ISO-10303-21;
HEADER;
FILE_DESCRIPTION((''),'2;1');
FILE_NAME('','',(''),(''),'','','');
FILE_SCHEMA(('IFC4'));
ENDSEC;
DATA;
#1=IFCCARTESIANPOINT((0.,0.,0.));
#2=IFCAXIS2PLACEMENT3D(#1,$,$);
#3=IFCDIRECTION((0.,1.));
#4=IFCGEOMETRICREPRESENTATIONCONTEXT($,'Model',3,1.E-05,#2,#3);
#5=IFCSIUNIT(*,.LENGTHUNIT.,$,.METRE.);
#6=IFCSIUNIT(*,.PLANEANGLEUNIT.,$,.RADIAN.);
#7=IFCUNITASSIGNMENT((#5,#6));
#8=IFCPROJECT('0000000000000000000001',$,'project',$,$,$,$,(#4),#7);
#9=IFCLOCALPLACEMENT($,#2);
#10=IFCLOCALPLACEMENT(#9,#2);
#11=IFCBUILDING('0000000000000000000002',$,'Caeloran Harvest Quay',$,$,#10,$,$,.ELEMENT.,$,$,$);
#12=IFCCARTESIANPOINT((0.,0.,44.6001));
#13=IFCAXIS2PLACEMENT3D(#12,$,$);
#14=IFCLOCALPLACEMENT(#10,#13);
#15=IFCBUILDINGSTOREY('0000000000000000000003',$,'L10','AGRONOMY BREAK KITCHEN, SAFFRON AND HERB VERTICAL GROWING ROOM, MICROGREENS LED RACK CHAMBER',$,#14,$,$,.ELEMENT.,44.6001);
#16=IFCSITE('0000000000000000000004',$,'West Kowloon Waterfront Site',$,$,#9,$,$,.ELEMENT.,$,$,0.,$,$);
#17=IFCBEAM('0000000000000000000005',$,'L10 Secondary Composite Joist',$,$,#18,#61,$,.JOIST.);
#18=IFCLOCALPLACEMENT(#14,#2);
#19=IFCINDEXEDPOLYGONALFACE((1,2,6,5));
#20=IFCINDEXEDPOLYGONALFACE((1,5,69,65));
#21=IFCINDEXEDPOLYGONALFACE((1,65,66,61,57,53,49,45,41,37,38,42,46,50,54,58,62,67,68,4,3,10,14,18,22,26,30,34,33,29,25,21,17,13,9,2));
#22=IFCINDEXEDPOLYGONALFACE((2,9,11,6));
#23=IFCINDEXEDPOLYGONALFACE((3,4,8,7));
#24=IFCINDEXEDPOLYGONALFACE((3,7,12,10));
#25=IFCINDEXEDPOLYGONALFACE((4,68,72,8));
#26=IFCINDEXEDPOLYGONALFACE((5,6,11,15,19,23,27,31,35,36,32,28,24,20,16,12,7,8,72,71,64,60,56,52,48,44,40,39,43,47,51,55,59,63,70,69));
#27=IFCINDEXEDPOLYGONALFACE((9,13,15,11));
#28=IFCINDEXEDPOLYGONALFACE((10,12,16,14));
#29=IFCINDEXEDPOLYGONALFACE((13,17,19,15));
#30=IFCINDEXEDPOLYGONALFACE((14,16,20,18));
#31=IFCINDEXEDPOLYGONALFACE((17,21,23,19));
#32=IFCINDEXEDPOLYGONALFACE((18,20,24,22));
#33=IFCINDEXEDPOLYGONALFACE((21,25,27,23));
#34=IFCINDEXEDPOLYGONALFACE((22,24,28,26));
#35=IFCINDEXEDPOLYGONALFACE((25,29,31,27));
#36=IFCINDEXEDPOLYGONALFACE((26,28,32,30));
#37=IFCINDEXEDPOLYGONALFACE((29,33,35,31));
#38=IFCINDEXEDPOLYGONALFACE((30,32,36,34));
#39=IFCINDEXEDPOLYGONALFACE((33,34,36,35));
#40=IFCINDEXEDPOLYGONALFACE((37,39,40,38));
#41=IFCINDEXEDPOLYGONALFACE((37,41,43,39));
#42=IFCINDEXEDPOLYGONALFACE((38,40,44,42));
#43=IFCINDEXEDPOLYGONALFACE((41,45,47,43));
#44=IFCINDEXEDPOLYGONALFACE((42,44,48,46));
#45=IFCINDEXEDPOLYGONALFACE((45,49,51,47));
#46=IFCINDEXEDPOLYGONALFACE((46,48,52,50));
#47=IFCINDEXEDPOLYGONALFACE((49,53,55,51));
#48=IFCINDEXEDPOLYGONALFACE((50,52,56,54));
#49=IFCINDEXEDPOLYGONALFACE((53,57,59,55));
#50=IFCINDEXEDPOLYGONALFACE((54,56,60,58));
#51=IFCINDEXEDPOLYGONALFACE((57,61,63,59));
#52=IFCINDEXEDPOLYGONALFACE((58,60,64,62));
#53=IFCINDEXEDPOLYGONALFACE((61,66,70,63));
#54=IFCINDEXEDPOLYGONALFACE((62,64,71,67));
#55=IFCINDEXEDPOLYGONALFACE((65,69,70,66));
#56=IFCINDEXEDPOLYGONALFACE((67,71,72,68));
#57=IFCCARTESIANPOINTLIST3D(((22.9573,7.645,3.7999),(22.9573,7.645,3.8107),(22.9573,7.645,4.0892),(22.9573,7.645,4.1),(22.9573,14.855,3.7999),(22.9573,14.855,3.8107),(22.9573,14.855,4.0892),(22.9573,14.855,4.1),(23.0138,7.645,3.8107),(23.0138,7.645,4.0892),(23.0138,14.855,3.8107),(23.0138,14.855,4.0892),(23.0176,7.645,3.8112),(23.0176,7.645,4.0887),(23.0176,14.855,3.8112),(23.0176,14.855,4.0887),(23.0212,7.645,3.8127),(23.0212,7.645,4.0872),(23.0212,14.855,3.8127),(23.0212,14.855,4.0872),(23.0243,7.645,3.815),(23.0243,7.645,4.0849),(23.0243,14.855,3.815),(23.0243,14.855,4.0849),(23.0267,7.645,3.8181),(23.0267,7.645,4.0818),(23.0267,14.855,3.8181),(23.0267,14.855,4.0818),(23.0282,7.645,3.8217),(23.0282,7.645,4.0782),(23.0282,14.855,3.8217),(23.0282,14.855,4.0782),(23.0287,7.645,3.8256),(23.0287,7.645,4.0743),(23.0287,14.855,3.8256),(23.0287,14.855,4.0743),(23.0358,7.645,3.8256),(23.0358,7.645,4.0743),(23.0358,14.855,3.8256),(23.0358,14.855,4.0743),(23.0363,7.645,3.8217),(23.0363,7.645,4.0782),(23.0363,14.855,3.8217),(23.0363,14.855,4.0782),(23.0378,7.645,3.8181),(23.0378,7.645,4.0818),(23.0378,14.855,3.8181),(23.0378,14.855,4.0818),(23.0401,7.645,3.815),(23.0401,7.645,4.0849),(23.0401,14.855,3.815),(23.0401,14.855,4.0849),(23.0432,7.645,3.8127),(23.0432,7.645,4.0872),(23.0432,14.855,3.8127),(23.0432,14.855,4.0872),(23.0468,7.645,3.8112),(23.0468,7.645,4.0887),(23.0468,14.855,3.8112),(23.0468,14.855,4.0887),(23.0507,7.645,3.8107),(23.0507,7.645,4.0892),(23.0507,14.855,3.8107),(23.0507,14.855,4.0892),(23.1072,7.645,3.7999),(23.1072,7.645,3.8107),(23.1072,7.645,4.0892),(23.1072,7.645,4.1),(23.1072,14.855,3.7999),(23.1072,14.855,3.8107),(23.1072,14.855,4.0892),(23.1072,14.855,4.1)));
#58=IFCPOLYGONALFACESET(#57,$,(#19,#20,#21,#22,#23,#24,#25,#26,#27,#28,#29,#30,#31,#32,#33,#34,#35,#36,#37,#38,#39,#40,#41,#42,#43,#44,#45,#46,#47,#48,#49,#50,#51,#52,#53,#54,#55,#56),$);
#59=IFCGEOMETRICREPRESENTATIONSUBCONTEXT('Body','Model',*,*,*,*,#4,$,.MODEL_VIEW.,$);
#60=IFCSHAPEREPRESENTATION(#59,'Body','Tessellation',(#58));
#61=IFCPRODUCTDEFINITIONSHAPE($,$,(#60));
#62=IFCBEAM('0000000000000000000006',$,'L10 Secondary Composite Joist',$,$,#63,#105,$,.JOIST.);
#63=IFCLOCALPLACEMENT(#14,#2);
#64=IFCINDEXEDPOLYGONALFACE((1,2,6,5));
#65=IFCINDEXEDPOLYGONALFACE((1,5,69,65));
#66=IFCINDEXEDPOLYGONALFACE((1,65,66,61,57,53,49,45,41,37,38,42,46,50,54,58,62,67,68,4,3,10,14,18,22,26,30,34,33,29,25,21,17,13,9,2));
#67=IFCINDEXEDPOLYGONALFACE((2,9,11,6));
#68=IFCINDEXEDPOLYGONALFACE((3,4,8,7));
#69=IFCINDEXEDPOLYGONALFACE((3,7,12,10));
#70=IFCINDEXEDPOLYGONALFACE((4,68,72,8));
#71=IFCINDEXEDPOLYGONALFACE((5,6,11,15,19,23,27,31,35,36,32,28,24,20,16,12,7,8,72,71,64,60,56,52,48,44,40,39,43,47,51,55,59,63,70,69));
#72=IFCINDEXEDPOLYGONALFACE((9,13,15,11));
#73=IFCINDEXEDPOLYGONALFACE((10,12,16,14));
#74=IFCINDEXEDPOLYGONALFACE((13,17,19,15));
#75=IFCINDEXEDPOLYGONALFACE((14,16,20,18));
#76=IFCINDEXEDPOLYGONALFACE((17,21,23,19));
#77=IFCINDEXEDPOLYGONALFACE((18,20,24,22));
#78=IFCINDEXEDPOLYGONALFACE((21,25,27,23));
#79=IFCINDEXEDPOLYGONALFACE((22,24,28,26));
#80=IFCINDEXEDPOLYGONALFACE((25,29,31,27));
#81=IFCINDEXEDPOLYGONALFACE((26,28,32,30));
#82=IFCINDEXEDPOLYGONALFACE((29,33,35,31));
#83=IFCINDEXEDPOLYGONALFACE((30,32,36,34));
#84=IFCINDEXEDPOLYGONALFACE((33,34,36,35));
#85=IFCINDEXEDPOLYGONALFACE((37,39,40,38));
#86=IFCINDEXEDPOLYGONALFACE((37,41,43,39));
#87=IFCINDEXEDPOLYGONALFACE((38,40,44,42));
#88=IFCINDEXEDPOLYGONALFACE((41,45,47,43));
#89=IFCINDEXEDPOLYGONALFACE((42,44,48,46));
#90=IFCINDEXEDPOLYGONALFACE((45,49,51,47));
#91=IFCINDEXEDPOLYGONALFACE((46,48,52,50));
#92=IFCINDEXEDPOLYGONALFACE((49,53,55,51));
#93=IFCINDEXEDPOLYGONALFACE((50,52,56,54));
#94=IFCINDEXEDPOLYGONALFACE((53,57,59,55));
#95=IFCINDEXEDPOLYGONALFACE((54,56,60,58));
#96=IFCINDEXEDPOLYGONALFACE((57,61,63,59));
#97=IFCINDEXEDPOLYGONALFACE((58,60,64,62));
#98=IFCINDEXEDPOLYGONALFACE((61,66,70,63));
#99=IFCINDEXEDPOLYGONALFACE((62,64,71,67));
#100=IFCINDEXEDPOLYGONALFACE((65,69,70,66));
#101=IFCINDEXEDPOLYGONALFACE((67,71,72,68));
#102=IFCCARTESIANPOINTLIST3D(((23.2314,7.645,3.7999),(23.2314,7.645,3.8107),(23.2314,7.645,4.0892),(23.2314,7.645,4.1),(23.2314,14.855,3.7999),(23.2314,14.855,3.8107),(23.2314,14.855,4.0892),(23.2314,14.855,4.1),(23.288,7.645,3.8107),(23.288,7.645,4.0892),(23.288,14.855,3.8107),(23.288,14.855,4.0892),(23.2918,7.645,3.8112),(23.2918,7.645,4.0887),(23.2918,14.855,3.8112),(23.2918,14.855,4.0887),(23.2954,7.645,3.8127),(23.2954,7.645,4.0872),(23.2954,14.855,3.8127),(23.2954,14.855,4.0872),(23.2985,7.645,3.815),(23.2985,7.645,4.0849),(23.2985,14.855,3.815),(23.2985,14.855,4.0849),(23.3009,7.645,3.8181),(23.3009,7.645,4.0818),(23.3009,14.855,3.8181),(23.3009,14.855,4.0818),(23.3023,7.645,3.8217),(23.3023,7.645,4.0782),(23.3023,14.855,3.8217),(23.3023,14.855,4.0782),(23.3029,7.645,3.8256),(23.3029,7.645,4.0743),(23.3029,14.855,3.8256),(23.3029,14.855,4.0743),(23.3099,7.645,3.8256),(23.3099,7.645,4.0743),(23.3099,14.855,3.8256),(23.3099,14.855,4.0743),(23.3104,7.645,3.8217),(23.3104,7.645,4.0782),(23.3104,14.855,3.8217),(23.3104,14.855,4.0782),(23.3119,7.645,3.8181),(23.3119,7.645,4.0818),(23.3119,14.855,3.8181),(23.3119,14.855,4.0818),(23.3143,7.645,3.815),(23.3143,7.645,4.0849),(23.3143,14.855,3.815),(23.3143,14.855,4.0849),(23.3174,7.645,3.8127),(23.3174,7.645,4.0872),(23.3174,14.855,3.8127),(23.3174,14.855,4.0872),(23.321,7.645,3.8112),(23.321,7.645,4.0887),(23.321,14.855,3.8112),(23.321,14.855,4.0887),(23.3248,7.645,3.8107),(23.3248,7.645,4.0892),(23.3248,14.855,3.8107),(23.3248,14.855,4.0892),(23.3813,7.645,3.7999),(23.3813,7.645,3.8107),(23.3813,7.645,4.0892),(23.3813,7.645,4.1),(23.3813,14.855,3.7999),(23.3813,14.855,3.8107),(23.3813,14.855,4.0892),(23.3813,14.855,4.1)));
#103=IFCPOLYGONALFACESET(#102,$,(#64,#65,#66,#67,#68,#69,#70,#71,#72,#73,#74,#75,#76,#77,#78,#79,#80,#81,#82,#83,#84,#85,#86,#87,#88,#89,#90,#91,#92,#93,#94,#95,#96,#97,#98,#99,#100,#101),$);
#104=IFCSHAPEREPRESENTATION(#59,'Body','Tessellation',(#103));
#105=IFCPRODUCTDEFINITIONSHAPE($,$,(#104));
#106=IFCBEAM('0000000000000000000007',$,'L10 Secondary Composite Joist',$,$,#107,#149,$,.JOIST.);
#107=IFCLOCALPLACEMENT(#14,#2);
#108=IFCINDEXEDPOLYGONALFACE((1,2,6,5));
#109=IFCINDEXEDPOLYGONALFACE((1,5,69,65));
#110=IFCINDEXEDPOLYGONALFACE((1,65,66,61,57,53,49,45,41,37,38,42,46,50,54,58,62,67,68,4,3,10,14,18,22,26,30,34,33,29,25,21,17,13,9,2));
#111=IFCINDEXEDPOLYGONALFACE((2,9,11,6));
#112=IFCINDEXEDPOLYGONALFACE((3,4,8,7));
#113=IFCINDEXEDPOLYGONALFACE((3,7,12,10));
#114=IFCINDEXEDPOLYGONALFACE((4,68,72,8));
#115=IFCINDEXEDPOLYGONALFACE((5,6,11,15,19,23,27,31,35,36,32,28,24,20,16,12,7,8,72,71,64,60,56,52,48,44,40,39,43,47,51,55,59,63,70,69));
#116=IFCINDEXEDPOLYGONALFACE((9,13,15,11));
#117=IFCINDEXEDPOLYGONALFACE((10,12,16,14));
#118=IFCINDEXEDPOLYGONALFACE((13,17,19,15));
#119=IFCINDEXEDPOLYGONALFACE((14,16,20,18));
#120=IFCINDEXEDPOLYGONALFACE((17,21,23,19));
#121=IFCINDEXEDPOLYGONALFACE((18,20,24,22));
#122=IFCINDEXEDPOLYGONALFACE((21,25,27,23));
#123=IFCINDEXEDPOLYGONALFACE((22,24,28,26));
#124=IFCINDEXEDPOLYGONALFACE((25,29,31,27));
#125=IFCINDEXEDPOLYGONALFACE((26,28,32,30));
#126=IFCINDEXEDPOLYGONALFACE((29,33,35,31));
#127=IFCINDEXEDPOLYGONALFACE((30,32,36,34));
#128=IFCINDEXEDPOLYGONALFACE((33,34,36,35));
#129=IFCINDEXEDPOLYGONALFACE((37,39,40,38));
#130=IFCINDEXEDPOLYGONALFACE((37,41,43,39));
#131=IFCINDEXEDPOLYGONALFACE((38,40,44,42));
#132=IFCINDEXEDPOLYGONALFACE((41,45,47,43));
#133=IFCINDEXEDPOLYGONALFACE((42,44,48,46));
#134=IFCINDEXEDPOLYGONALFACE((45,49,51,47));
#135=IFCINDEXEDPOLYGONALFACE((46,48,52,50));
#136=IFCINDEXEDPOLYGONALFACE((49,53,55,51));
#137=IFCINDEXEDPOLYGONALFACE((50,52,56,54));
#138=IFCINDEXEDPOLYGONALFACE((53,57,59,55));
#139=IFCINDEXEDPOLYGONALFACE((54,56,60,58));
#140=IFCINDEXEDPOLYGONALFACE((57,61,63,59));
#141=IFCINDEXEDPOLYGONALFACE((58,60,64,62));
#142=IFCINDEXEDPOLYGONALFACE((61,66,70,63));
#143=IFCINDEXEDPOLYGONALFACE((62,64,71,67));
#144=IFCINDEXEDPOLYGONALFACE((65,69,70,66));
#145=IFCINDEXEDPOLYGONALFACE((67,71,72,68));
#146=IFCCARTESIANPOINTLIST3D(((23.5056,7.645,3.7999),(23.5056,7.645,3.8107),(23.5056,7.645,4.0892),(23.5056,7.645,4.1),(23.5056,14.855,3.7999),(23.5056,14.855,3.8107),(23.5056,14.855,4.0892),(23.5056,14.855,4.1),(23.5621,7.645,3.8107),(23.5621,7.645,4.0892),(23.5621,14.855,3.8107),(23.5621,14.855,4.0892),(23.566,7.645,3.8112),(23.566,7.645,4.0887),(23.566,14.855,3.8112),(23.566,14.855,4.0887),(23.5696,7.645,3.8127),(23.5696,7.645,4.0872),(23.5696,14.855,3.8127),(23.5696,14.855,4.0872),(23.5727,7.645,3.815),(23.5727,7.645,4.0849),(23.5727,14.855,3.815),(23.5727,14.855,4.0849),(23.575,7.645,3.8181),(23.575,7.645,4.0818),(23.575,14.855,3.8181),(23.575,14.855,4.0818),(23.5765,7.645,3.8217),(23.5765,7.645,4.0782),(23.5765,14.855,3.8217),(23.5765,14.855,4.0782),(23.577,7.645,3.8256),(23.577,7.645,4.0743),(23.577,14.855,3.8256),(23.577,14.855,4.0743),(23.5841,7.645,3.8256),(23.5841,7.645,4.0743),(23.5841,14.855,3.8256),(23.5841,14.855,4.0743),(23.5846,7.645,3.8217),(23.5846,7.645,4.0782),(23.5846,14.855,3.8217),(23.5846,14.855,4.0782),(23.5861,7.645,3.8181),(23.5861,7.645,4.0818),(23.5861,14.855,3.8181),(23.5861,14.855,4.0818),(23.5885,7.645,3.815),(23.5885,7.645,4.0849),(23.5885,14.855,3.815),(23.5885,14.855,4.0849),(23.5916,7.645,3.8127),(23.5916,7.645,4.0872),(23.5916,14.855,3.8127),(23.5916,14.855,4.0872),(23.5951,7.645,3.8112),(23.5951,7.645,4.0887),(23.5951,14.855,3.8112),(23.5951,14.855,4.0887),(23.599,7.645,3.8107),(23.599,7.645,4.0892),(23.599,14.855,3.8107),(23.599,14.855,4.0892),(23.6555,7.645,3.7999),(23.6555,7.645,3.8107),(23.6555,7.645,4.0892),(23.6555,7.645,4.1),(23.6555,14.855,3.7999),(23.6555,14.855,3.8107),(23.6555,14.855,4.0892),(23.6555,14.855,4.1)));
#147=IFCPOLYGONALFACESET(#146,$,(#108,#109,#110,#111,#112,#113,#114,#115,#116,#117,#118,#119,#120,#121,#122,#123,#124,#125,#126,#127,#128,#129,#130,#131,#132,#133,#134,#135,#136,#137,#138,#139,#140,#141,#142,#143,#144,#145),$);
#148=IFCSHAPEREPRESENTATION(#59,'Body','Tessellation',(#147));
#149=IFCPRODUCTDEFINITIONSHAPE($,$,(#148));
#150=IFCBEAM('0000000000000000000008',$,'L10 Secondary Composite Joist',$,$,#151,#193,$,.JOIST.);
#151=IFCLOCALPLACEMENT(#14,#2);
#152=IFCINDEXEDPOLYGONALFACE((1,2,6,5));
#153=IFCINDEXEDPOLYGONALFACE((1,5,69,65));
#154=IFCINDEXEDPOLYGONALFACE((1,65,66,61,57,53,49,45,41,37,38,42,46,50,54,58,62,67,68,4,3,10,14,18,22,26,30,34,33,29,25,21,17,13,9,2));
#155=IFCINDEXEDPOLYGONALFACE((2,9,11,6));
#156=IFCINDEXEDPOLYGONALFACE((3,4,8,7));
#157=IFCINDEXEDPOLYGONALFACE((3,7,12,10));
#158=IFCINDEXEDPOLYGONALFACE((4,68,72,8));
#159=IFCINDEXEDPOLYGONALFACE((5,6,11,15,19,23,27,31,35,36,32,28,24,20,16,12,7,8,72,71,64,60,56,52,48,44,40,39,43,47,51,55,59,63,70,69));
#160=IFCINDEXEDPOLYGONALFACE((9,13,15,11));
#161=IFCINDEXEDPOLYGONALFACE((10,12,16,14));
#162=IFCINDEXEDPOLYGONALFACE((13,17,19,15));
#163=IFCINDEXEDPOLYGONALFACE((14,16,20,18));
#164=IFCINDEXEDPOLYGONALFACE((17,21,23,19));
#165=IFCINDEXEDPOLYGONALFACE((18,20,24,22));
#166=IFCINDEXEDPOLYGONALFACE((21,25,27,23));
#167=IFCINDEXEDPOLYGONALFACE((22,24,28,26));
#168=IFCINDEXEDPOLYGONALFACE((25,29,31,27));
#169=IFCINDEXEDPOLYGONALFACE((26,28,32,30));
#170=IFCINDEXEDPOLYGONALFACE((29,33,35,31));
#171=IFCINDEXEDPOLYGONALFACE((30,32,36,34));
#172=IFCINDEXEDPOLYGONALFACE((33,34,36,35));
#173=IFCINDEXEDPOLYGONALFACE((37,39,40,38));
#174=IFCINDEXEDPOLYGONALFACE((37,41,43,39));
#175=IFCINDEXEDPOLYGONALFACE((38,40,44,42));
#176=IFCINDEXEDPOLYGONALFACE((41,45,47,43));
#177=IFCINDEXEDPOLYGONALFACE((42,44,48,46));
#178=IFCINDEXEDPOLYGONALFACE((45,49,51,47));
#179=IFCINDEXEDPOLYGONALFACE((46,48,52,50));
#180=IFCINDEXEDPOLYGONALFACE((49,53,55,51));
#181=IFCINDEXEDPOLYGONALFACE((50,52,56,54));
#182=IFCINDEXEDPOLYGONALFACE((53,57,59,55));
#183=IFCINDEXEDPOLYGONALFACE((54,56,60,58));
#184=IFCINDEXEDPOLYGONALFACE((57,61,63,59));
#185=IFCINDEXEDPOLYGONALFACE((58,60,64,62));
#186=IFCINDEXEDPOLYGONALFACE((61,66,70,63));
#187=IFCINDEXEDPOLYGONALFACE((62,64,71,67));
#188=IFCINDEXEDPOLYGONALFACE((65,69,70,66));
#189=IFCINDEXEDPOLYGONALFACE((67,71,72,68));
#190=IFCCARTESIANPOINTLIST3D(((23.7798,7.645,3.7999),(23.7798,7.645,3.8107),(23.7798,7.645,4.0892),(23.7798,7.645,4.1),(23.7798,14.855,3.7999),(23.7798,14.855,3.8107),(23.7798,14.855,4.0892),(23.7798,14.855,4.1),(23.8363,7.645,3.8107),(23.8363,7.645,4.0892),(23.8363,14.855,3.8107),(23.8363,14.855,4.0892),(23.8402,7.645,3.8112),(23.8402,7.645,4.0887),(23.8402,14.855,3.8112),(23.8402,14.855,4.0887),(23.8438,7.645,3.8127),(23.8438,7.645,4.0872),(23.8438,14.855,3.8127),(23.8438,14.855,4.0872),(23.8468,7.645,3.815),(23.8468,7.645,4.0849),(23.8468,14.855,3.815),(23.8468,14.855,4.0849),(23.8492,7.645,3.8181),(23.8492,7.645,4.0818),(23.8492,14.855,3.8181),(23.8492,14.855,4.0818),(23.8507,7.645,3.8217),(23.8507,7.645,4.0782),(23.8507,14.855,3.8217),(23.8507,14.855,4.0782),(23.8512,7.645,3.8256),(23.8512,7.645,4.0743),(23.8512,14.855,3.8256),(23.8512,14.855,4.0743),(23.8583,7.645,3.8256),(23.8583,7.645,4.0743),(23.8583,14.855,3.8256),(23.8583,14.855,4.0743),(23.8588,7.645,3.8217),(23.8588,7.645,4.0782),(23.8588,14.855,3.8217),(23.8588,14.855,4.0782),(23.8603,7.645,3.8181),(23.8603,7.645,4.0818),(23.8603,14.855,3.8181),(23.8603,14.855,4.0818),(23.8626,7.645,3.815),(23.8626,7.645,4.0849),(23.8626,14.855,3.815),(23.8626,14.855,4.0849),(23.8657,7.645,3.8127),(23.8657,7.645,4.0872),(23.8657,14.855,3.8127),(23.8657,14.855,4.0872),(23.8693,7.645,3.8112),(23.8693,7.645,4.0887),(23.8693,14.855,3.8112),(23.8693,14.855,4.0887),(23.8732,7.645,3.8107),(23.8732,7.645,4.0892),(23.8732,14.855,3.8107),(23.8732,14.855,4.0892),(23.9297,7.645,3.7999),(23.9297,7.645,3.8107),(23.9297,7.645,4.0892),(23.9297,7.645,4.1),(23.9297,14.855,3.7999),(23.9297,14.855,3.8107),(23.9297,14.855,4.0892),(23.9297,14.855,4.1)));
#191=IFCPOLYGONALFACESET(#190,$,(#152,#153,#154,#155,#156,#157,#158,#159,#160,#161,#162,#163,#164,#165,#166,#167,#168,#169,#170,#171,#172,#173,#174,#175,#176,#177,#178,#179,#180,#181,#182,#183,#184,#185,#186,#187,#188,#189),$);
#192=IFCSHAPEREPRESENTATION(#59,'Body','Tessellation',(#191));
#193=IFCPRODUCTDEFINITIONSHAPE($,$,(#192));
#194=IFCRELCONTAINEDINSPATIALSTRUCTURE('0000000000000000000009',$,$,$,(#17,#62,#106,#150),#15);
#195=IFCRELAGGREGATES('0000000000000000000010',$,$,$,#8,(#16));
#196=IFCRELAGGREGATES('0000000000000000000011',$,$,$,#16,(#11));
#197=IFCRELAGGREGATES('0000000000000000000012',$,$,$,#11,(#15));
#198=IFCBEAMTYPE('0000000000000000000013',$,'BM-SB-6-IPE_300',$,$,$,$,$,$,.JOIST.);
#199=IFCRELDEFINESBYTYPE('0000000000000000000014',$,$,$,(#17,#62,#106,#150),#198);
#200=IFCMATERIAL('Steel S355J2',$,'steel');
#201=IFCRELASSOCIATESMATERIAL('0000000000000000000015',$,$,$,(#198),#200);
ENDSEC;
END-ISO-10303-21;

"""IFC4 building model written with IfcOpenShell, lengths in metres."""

from ifc_helpers import new_model, si_unit, direction, frame, origin, origin_2d, place, context, subcontext, project, spatial, i_section, extrude, material, material_profile, profile_set, type_object, element, save


model = new_model("IFC4")

# Units and contexts
model_context = context("Model", 3, precision=1e-05, world=origin(), true_north=direction((0.0, 1.0)))
body_context = subcontext(model_context, "Body", "Model", "MODEL_VIEW")
ifc_project = project(units=[si_unit("LENGTHUNIT", "METRE"), si_unit("PLANEANGLEUNIT", "RADIAN")], contexts=[model_context])

# Site, building, storey
site_placement = place(None, origin())
site = spatial("IfcSite", under=ifc_project, at=site_placement, Name="West Kowloon Waterfront Site", CompositionType="ELEMENT", RefElevation=0.0)
building_placement = place(site_placement, origin())
building = spatial("IfcBuilding", under=site, at=building_placement, Name="Caeloran Harvest Quay", CompositionType="ELEMENT")
storey_placement = place(building_placement, frame((0.0, 0.0, 44.6001)))
storey = spatial("IfcBuildingStorey", under=building, at=storey_placement, Name="L10", Description="AGRONOMY BREAK KITCHEN, SAFFRON AND HERB VERTICAL GROWING ROOM, MICROGREENS LED RACK CHAMBER", CompositionType="ELEMENT", Elevation=44.6001)

# Beams
ifc_material_1 = material(Name="Steel S355J2", Category="steel")
ifc_material_profile_1 = material_profile(ifc_material_1, i_section(OverallWidth=0.1499, OverallDepth=0.3, WebThickness=0.0071, FlangeThickness=0.0107, FilletRadius=0.0149, at=origin_2d()), Name="IPE 300")
ifc_profile_set_1 = profile_set([ifc_material_profile_1], Name="Steel S355J2")
beam_type_1 = type_object("IfcBeamType", Name="BM-SB-6-IPE_300", PredefinedType="JOIST", material=ifc_profile_set_1)
for number, where, z_axis, x_axis, name in (
    (1, (23.0322, 7.645, 3.95), (0.0, 1.0, 0.0), (-1.0, 0.0, 0.0), "L10 Secondary Composite Joist"),
    (2, (23.3064, 7.645, 3.95), (0.0, 1.0, 0.0), (-1.0, 0.0, 0.0), "L10 Secondary Composite Joist"),
    (3, (23.5806, 7.645, 3.95), (0.0, 1.0, 0.0), (-1.0, 0.0, 0.0), "L10 Secondary Composite Joist"),
    (4, (23.8547, 7.645, 3.95), (0.0, 1.0, 0.0), (-1.0, 0.0, 0.0), "L10 Secondary Composite Joist"),
):
    element("IfcBeam", number, at=place(storey_placement, frame(where, z_axis=z_axis, x_axis=x_axis)), inside=storey, type_object=beam_type_1, Name=name, PredefinedType="JOIST", context=body_context, shape_type="SweptSolid", body=[
        extrude(i_section(OverallWidth=0.1499, OverallDepth=0.3, WebThickness=0.0071, FlangeThickness=0.0107, FilletRadius=0.0149, at=origin_2d()), origin(), (0.0, 0.0, 1.0), 7.21),
    ])

save(model, "model.ifc")
